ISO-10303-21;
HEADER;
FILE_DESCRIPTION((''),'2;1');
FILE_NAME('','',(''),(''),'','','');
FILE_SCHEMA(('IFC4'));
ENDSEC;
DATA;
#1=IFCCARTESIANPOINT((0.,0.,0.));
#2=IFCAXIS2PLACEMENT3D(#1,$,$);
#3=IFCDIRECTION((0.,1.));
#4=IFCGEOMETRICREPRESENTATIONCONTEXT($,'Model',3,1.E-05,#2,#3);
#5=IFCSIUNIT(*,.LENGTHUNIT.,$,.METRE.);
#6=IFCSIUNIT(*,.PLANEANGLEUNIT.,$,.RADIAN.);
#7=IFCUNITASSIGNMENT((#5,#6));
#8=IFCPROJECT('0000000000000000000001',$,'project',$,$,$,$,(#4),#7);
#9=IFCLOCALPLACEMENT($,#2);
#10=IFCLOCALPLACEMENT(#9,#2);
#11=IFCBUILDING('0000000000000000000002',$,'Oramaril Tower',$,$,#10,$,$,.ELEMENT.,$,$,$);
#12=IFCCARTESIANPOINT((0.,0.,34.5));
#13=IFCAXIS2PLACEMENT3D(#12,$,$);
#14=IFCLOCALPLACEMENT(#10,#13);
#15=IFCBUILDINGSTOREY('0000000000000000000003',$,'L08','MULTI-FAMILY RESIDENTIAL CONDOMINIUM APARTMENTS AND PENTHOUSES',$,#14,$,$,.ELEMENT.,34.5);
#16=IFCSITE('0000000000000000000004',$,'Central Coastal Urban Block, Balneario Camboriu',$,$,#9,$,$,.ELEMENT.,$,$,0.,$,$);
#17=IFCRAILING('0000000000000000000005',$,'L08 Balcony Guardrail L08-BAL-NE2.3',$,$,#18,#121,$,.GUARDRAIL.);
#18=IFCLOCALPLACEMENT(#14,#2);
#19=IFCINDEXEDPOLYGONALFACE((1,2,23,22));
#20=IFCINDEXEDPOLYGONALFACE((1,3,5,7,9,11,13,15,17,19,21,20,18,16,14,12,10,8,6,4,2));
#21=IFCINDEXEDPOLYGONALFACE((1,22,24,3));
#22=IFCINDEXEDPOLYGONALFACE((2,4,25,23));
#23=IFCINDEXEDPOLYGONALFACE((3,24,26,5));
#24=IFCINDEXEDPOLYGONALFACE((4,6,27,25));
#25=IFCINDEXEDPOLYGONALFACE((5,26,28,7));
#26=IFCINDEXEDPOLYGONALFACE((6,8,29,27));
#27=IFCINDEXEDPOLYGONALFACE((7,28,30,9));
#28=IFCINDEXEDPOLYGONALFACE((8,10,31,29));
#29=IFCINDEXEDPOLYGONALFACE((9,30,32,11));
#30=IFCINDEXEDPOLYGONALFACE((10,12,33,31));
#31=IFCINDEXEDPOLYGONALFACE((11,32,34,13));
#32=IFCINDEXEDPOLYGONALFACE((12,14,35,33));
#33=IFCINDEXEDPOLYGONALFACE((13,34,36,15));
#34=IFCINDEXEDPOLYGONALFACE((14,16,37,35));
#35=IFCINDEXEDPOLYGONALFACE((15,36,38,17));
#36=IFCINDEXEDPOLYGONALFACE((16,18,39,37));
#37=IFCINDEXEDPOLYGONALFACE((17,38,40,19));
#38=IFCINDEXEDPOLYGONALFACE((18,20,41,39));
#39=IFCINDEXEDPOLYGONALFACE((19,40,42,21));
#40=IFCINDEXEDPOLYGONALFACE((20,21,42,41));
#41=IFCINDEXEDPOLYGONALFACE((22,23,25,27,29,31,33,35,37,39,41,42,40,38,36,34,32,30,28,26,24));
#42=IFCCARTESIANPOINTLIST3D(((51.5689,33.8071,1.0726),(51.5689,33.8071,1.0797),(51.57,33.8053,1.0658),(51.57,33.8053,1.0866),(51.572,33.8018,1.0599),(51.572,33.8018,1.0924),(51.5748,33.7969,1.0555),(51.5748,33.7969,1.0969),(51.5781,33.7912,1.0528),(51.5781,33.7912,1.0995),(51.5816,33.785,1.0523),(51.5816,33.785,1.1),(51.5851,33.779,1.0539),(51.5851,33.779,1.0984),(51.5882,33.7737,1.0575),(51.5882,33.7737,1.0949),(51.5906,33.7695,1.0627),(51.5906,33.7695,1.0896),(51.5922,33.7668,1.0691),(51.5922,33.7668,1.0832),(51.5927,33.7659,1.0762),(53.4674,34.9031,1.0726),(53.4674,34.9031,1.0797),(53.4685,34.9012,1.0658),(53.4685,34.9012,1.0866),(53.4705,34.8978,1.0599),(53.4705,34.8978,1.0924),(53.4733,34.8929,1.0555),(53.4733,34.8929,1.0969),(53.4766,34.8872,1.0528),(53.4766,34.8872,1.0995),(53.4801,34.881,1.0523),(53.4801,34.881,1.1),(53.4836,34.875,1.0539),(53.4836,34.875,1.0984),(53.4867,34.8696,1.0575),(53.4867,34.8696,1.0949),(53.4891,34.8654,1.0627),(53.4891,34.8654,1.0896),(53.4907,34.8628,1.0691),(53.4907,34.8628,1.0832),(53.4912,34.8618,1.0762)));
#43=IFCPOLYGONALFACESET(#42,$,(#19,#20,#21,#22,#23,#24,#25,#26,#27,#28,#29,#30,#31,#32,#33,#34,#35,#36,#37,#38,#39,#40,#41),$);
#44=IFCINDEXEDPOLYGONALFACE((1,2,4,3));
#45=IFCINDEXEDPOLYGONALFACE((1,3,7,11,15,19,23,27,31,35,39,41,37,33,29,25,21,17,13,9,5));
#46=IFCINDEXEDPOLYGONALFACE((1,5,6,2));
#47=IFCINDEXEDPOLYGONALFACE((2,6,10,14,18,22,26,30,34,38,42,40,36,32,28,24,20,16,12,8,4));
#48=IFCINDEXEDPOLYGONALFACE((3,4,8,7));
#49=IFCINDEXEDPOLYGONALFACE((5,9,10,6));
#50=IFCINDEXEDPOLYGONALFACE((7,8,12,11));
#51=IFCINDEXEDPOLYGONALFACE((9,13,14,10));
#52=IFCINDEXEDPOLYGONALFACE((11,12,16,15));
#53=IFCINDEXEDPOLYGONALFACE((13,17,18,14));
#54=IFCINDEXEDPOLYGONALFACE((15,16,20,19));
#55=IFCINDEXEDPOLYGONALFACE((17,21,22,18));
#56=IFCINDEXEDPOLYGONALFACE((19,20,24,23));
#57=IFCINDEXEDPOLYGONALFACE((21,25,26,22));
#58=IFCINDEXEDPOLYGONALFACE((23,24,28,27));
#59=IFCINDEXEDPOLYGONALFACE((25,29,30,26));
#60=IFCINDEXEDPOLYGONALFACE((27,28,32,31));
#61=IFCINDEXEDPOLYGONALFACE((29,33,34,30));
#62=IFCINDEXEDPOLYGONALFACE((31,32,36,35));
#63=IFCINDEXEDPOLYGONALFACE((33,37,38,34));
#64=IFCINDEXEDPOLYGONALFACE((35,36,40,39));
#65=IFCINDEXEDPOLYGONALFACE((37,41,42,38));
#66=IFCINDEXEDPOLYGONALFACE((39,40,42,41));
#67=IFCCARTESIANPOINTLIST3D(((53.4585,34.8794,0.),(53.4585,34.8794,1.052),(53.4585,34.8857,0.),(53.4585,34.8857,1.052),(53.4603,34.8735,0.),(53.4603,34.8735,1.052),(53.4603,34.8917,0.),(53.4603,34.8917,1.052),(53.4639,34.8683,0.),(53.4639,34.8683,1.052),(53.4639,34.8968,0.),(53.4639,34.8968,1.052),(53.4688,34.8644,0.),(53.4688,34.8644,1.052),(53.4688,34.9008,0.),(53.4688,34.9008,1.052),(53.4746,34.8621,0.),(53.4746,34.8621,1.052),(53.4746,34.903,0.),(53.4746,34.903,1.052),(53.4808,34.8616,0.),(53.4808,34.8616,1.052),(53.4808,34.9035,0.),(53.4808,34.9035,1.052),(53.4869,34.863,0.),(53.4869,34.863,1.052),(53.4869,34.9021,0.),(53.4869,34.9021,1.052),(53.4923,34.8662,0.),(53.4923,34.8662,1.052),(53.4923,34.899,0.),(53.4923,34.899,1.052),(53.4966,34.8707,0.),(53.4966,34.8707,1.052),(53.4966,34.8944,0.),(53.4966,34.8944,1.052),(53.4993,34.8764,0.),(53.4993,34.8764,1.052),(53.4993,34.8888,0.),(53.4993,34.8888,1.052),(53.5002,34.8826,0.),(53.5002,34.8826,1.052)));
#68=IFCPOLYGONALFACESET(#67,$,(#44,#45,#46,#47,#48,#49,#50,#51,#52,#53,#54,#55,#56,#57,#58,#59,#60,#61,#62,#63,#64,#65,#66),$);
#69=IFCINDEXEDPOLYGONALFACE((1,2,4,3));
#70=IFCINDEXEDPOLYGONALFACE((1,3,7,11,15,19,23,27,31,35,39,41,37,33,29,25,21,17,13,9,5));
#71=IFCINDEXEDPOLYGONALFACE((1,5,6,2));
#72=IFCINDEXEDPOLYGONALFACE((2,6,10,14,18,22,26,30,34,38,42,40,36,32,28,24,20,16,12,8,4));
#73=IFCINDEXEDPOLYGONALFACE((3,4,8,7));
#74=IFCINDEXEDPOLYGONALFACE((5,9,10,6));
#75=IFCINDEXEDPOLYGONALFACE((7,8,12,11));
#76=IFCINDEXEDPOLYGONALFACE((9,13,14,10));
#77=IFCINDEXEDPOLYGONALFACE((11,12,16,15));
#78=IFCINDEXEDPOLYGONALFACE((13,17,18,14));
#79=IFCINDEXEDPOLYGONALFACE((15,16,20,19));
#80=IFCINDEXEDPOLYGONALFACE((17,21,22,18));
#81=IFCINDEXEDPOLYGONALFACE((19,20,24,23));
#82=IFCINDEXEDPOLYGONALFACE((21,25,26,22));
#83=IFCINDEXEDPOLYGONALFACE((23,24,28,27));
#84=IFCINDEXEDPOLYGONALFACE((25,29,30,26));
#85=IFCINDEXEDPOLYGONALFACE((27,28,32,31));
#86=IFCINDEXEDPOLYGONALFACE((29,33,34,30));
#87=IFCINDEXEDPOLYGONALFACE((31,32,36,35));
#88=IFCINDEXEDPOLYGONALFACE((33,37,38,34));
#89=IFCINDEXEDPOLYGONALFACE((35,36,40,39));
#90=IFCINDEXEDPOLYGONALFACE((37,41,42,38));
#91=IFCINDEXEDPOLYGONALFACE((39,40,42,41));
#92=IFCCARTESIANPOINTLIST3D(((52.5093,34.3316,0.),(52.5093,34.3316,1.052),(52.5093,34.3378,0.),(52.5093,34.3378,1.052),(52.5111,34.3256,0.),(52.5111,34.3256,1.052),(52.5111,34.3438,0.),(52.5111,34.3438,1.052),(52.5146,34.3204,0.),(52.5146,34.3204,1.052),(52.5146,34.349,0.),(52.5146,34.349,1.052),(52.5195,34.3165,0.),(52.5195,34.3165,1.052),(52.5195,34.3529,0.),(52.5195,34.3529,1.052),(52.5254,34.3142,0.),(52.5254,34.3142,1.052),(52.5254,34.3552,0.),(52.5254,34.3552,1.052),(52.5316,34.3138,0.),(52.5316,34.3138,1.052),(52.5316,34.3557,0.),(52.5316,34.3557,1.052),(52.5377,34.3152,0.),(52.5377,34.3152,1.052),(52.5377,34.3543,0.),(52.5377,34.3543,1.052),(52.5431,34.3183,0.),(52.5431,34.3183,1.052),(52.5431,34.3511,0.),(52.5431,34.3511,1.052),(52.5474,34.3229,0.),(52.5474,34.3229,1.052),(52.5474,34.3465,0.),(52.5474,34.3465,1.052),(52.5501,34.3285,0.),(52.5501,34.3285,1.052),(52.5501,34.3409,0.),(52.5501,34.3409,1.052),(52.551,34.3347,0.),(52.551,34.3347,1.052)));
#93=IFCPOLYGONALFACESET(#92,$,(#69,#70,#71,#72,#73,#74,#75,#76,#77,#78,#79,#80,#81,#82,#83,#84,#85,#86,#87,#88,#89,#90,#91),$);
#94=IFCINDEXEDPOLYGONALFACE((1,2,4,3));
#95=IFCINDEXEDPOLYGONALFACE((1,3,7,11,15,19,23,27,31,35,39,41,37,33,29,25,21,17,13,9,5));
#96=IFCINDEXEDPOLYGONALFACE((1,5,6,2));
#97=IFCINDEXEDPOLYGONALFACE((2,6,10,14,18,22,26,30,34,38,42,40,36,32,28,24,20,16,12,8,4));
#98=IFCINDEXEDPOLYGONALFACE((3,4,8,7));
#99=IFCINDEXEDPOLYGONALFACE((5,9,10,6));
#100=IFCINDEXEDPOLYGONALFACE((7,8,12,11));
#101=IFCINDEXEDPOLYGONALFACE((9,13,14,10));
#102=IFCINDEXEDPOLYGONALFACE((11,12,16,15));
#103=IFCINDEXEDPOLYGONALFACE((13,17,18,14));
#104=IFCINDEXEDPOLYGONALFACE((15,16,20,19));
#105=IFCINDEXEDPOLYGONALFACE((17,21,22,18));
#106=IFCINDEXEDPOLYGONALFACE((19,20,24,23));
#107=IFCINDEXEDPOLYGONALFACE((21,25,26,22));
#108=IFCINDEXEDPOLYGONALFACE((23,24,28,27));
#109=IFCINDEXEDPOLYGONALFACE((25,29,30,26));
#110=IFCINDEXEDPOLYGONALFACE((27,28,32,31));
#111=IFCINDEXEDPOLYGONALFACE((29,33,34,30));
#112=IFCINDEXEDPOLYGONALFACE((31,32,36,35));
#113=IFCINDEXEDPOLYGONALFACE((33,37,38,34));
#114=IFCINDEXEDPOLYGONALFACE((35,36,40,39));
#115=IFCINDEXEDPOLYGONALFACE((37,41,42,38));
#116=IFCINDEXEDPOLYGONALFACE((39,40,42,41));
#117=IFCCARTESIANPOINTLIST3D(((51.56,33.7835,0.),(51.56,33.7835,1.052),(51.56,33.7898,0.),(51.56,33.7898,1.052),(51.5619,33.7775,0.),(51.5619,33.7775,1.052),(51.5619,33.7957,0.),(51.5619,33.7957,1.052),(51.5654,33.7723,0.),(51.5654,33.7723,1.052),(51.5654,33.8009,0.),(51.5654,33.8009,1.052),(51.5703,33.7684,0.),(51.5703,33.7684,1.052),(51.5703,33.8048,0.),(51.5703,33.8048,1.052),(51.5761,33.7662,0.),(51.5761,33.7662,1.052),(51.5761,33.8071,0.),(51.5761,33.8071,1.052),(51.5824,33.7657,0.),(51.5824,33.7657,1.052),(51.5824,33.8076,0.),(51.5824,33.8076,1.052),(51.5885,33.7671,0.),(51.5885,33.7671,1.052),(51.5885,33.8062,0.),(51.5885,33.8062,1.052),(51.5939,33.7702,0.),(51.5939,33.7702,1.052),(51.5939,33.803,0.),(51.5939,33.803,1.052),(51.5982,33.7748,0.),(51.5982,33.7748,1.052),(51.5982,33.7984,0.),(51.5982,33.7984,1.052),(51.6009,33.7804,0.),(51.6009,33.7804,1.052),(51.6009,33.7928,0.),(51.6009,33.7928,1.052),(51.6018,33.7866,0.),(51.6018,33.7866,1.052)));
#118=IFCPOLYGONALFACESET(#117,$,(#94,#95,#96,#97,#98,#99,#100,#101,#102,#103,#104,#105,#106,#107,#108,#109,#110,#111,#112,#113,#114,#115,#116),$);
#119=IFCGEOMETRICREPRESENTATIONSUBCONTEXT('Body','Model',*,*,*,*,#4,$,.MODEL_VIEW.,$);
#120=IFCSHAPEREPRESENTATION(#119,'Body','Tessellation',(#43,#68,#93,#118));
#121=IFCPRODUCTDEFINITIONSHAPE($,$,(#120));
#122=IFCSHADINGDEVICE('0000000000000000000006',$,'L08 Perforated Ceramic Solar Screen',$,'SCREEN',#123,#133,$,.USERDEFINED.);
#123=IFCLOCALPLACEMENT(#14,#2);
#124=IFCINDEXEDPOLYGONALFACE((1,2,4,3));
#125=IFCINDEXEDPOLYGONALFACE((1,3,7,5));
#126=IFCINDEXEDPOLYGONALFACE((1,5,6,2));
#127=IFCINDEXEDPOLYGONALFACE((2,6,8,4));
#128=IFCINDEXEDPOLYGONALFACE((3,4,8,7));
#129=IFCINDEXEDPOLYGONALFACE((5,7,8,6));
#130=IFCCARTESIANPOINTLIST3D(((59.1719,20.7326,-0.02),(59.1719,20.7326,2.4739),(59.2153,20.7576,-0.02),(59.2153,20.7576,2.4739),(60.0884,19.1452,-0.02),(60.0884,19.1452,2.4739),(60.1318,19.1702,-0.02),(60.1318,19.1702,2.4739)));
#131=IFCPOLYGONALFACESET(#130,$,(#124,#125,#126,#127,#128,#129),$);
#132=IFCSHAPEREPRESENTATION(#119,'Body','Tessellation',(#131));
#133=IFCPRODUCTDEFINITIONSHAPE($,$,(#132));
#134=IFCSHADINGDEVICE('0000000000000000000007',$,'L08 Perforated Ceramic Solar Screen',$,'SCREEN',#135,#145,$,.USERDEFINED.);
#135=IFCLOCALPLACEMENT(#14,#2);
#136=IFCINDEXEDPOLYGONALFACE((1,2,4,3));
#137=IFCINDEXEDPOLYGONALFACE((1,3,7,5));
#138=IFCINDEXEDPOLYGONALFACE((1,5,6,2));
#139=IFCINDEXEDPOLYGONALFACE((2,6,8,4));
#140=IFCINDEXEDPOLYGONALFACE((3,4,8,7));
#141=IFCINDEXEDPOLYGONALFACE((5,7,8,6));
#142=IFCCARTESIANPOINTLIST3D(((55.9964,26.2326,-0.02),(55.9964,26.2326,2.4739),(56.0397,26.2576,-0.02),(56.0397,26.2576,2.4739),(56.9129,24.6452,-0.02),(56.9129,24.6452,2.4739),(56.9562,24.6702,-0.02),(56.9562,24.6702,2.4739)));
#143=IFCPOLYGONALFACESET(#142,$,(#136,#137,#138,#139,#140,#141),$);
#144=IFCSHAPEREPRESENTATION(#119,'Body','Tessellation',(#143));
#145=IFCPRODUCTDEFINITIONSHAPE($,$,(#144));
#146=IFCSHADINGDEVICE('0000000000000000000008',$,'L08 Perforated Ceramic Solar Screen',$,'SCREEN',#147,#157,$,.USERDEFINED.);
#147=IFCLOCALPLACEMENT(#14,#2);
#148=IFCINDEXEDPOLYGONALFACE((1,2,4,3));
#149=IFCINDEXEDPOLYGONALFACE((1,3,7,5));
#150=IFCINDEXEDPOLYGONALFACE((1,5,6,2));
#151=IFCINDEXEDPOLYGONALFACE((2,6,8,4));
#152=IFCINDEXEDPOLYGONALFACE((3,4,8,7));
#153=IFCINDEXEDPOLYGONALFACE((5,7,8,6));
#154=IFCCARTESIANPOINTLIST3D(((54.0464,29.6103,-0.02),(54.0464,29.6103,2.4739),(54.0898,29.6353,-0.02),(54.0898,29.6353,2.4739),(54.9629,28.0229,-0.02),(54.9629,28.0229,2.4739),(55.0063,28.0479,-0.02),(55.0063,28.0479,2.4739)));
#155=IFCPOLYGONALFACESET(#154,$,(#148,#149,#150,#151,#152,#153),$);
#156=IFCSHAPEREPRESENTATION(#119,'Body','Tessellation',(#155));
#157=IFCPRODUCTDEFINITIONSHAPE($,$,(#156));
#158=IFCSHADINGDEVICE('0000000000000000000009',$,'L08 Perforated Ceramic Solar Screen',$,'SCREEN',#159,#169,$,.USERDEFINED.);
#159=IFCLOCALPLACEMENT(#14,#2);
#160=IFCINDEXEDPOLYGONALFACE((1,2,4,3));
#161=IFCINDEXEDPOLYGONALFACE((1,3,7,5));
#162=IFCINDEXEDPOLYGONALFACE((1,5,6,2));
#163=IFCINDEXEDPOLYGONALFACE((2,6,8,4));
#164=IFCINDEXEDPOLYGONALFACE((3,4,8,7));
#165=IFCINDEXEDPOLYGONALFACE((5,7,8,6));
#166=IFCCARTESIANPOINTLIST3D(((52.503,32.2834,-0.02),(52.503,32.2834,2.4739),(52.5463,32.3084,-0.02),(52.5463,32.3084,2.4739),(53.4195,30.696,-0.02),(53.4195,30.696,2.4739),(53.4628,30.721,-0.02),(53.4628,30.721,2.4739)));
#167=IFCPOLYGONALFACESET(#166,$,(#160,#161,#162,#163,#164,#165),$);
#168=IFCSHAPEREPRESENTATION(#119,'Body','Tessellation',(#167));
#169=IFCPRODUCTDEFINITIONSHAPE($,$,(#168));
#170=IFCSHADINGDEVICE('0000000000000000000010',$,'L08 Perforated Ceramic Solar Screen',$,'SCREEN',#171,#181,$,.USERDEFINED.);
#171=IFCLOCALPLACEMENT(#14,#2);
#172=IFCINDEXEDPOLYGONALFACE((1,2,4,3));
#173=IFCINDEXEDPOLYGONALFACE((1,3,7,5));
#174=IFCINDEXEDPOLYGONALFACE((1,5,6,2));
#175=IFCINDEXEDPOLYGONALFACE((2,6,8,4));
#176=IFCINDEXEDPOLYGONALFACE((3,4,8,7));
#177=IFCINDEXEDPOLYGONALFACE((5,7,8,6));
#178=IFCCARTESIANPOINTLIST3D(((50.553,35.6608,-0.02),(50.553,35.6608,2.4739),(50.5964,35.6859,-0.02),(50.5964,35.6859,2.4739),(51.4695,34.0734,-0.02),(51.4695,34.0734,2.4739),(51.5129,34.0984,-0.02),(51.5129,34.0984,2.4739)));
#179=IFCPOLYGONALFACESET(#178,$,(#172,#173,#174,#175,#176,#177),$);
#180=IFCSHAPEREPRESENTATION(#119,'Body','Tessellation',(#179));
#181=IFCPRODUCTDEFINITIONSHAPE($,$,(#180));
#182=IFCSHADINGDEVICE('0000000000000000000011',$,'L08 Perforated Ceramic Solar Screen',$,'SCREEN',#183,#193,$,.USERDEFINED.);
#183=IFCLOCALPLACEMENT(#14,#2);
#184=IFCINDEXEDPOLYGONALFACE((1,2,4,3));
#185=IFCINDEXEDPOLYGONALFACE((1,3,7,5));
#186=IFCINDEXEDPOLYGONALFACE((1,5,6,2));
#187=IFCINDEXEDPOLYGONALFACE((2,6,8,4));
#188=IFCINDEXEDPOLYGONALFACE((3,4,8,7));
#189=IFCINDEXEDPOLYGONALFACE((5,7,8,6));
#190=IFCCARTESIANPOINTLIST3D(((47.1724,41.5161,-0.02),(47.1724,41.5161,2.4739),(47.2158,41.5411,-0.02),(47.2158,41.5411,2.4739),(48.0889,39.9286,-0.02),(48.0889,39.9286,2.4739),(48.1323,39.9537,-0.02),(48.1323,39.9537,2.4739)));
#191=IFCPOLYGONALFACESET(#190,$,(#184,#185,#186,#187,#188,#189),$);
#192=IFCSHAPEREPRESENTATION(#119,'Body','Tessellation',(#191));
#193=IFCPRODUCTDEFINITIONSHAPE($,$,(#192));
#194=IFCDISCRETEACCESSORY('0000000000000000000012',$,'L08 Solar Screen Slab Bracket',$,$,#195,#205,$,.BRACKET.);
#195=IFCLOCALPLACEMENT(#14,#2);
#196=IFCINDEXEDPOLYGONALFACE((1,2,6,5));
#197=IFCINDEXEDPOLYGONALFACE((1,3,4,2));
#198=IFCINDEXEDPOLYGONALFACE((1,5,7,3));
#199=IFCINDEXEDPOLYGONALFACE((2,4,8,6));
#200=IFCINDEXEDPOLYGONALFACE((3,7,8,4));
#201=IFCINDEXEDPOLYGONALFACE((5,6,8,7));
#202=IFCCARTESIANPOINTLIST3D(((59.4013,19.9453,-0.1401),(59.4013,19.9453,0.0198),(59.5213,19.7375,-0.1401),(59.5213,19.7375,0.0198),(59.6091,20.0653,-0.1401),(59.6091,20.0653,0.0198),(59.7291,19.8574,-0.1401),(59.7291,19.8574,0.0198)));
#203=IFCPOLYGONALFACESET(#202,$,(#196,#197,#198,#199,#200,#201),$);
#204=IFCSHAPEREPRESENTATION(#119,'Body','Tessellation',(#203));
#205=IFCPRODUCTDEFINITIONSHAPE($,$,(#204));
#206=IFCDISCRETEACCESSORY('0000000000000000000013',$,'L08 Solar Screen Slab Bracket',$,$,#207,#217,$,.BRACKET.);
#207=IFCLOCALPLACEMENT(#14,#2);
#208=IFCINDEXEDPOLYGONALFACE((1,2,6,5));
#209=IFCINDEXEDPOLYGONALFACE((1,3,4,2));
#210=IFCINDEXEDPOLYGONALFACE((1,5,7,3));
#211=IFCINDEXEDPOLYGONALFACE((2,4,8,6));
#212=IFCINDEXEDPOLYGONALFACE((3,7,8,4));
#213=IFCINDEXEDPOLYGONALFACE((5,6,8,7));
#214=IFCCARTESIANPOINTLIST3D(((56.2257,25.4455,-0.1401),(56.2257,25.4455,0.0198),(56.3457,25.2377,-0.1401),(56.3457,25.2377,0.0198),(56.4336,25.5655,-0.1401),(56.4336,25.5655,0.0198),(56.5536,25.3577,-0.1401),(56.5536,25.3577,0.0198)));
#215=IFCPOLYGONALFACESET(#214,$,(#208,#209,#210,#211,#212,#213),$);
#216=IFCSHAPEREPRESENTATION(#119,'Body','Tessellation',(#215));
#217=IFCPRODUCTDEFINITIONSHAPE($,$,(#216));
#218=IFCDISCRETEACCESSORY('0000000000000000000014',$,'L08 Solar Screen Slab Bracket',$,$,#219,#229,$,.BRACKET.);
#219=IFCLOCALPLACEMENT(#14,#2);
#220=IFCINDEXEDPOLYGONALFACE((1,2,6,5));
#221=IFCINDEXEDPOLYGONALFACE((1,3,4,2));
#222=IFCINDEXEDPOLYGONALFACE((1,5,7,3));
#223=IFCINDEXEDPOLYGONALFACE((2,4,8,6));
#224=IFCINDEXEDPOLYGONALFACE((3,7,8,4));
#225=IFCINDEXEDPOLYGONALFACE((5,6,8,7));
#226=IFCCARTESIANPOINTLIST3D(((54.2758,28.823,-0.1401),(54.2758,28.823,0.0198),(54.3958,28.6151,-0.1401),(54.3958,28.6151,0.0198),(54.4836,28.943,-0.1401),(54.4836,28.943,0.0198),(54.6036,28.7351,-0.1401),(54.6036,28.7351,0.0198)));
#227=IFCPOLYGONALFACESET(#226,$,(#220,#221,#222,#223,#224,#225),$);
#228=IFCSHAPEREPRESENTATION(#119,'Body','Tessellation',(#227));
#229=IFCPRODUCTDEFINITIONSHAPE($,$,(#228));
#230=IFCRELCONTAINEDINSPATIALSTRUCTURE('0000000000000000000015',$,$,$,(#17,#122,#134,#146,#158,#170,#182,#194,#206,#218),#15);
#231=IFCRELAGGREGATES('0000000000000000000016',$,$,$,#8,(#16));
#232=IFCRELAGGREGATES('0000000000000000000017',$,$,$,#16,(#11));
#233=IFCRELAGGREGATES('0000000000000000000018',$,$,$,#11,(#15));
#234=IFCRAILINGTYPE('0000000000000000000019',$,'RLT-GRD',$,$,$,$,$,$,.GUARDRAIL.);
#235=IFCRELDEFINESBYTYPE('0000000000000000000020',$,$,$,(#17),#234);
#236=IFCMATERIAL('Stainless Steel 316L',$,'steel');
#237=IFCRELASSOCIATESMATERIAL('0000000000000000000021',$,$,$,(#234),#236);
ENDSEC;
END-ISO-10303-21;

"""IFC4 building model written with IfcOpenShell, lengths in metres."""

from ifc_helpers import new_model, si_unit, direction, frame, origin, origin_2d, place, context, subcontext, project, spatial, rectangle, circle, extrude, material, type_object, element, save


model = new_model("IFC4")

# Units and contexts
model_context = context("Model", 3, precision=1e-05, world=origin(), true_north=direction((0.0, 1.0)))
body_context = subcontext(model_context, "Body", "Model", "MODEL_VIEW")
ifc_project = project(units=[si_unit("LENGTHUNIT", "METRE"), si_unit("PLANEANGLEUNIT", "RADIAN")], contexts=[model_context])

# Site, building, storey
site_placement = place(None, origin())
site = spatial("IfcSite", under=ifc_project, at=site_placement, Name="Central Coastal Urban Block, Balneario Camboriu", CompositionType="ELEMENT", RefElevation=0.0)
building_placement = place(site_placement, origin())
building = spatial("IfcBuilding", under=site, at=building_placement, Name="Oramaril Tower", CompositionType="ELEMENT")
storey_placement = place(building_placement, frame((0.0, 0.0, 34.5)))
storey = spatial("IfcBuildingStorey", under=building, at=storey_placement, Name="L08", Description="MULTI-FAMILY RESIDENTIAL CONDOMINIUM APARTMENTS AND PENTHOUSES", CompositionType="ELEMENT", Elevation=34.5)

# Railing
ifc_material_1 = material(Name="Stainless Steel 316L", Category="steel")
railing_type = type_object("IfcRailingType", Name="RLT-GRD", PredefinedType="GUARDRAIL", material=ifc_material_1)
railing_1_placement = place(storey_placement, frame((53.4792, 34.8826, 0.0)))
element("IfcRailing", 1, at=railing_1_placement, inside=storey, type_object=railing_type, Name="L08 Balcony Guardrail L08-BAL-NE2.3", PredefinedType="GUARDRAIL", context=body_context, shape_type="SweptSolid", body=[
    extrude(circle(Radius=0.0239, at=origin_2d()), frame((0.0, 0.0, 1.0762), z_axis=(-0.866048, -0.49996, 0.0), x_axis=(0.49996, -0.866048, 0.0)), (0.0, 0.0, 1.0), 2.1921),
    extrude(circle(Radius=0.021, at=origin_2d()), origin(), (0.0, 0.0, 1.0), 1.052),
    extrude(circle(Radius=0.021, at=origin_2d()), frame((-0.9492, -0.5479, 0.0)), (0.0, 0.0, 1.0), 1.052),
    extrude(circle(Radius=0.021, at=origin_2d()), frame((-1.8984, -1.0959, 0.0)), (0.0, 0.0, 1.0), 1.052),
])

# Shading devices
for number, where, z_axis, x_axis, name in (
    (2, (59.6519, 19.9514, -0.02), (0.0, 0.0, 1.0), (-0.5, 0.866025, 0.0), "L08 Perforated Ceramic Solar Screen"),
    (3, (56.4763, 25.4514, -0.02), (0.0, 0.0, 1.0), (-0.5, 0.866025, 0.0), "L08 Perforated Ceramic Solar Screen"),
    (4, (54.5264, 28.8291, -0.02), (0.0, 0.0, 1.0), (-0.5, 0.866025, 0.0), "L08 Perforated Ceramic Solar Screen"),
    (5, (52.9829, 31.5022, -0.02), (0.0, 0.0, 1.0), (-0.5, 0.866025, 0.0), "L08 Perforated Ceramic Solar Screen"),
    (6, (51.033, 34.8796, -0.02), (0.0, 0.0, 1.0), (-0.5, 0.866025, 0.0), "L08 Perforated Ceramic Solar Screen"),
    (7, (47.6523, 40.7349, -0.02), (0.0, 0.0, 1.0), (-0.5, 0.866025, 0.0), "L08 Perforated Ceramic Solar Screen"),
):
    element("IfcShadingDevice", number, at=place(storey_placement, frame(where, z_axis=z_axis, x_axis=x_axis)), inside=storey, Name=name, ObjectType="SCREEN", PredefinedType="USERDEFINED", context=body_context, shape_type="SweptSolid", body=[
        extrude(rectangle(XDim=1.833, YDim=0.05, at=origin_2d()), origin(), (0.0, 0.0, 1.0), 2.4939),
    ])

# Discrete accessories
for number, where, z_axis, x_axis, name in (
    (8, (59.5652, 19.9014, -0.1401), (0.0, 0.0, 1.0), (-0.5, 0.866025, 0.0), "L08 Solar Screen Slab Bracket"),
    (9, (56.3896, 25.4016, -0.1401), (0.0, 0.0, 1.0), (-0.5, 0.866025, 0.0), "L08 Solar Screen Slab Bracket"),
    (10, (54.4397, 28.7791, -0.1401), (0.0, 0.0, 1.0), (-0.5, 0.866025, 0.0), "L08 Solar Screen Slab Bracket"),
):
    element("IfcDiscreteAccessory", number, at=place(storey_placement, frame(where, z_axis=z_axis, x_axis=x_axis)), inside=storey, Name=name, PredefinedType="BRACKET", context=body_context, shape_type="SweptSolid", body=[
        extrude(rectangle(XDim=0.24, YDim=0.24, at=origin_2d()), origin(), (0.0, 0.0, 1.0), 0.1599),
    ])

save(model, "model.ifc")
